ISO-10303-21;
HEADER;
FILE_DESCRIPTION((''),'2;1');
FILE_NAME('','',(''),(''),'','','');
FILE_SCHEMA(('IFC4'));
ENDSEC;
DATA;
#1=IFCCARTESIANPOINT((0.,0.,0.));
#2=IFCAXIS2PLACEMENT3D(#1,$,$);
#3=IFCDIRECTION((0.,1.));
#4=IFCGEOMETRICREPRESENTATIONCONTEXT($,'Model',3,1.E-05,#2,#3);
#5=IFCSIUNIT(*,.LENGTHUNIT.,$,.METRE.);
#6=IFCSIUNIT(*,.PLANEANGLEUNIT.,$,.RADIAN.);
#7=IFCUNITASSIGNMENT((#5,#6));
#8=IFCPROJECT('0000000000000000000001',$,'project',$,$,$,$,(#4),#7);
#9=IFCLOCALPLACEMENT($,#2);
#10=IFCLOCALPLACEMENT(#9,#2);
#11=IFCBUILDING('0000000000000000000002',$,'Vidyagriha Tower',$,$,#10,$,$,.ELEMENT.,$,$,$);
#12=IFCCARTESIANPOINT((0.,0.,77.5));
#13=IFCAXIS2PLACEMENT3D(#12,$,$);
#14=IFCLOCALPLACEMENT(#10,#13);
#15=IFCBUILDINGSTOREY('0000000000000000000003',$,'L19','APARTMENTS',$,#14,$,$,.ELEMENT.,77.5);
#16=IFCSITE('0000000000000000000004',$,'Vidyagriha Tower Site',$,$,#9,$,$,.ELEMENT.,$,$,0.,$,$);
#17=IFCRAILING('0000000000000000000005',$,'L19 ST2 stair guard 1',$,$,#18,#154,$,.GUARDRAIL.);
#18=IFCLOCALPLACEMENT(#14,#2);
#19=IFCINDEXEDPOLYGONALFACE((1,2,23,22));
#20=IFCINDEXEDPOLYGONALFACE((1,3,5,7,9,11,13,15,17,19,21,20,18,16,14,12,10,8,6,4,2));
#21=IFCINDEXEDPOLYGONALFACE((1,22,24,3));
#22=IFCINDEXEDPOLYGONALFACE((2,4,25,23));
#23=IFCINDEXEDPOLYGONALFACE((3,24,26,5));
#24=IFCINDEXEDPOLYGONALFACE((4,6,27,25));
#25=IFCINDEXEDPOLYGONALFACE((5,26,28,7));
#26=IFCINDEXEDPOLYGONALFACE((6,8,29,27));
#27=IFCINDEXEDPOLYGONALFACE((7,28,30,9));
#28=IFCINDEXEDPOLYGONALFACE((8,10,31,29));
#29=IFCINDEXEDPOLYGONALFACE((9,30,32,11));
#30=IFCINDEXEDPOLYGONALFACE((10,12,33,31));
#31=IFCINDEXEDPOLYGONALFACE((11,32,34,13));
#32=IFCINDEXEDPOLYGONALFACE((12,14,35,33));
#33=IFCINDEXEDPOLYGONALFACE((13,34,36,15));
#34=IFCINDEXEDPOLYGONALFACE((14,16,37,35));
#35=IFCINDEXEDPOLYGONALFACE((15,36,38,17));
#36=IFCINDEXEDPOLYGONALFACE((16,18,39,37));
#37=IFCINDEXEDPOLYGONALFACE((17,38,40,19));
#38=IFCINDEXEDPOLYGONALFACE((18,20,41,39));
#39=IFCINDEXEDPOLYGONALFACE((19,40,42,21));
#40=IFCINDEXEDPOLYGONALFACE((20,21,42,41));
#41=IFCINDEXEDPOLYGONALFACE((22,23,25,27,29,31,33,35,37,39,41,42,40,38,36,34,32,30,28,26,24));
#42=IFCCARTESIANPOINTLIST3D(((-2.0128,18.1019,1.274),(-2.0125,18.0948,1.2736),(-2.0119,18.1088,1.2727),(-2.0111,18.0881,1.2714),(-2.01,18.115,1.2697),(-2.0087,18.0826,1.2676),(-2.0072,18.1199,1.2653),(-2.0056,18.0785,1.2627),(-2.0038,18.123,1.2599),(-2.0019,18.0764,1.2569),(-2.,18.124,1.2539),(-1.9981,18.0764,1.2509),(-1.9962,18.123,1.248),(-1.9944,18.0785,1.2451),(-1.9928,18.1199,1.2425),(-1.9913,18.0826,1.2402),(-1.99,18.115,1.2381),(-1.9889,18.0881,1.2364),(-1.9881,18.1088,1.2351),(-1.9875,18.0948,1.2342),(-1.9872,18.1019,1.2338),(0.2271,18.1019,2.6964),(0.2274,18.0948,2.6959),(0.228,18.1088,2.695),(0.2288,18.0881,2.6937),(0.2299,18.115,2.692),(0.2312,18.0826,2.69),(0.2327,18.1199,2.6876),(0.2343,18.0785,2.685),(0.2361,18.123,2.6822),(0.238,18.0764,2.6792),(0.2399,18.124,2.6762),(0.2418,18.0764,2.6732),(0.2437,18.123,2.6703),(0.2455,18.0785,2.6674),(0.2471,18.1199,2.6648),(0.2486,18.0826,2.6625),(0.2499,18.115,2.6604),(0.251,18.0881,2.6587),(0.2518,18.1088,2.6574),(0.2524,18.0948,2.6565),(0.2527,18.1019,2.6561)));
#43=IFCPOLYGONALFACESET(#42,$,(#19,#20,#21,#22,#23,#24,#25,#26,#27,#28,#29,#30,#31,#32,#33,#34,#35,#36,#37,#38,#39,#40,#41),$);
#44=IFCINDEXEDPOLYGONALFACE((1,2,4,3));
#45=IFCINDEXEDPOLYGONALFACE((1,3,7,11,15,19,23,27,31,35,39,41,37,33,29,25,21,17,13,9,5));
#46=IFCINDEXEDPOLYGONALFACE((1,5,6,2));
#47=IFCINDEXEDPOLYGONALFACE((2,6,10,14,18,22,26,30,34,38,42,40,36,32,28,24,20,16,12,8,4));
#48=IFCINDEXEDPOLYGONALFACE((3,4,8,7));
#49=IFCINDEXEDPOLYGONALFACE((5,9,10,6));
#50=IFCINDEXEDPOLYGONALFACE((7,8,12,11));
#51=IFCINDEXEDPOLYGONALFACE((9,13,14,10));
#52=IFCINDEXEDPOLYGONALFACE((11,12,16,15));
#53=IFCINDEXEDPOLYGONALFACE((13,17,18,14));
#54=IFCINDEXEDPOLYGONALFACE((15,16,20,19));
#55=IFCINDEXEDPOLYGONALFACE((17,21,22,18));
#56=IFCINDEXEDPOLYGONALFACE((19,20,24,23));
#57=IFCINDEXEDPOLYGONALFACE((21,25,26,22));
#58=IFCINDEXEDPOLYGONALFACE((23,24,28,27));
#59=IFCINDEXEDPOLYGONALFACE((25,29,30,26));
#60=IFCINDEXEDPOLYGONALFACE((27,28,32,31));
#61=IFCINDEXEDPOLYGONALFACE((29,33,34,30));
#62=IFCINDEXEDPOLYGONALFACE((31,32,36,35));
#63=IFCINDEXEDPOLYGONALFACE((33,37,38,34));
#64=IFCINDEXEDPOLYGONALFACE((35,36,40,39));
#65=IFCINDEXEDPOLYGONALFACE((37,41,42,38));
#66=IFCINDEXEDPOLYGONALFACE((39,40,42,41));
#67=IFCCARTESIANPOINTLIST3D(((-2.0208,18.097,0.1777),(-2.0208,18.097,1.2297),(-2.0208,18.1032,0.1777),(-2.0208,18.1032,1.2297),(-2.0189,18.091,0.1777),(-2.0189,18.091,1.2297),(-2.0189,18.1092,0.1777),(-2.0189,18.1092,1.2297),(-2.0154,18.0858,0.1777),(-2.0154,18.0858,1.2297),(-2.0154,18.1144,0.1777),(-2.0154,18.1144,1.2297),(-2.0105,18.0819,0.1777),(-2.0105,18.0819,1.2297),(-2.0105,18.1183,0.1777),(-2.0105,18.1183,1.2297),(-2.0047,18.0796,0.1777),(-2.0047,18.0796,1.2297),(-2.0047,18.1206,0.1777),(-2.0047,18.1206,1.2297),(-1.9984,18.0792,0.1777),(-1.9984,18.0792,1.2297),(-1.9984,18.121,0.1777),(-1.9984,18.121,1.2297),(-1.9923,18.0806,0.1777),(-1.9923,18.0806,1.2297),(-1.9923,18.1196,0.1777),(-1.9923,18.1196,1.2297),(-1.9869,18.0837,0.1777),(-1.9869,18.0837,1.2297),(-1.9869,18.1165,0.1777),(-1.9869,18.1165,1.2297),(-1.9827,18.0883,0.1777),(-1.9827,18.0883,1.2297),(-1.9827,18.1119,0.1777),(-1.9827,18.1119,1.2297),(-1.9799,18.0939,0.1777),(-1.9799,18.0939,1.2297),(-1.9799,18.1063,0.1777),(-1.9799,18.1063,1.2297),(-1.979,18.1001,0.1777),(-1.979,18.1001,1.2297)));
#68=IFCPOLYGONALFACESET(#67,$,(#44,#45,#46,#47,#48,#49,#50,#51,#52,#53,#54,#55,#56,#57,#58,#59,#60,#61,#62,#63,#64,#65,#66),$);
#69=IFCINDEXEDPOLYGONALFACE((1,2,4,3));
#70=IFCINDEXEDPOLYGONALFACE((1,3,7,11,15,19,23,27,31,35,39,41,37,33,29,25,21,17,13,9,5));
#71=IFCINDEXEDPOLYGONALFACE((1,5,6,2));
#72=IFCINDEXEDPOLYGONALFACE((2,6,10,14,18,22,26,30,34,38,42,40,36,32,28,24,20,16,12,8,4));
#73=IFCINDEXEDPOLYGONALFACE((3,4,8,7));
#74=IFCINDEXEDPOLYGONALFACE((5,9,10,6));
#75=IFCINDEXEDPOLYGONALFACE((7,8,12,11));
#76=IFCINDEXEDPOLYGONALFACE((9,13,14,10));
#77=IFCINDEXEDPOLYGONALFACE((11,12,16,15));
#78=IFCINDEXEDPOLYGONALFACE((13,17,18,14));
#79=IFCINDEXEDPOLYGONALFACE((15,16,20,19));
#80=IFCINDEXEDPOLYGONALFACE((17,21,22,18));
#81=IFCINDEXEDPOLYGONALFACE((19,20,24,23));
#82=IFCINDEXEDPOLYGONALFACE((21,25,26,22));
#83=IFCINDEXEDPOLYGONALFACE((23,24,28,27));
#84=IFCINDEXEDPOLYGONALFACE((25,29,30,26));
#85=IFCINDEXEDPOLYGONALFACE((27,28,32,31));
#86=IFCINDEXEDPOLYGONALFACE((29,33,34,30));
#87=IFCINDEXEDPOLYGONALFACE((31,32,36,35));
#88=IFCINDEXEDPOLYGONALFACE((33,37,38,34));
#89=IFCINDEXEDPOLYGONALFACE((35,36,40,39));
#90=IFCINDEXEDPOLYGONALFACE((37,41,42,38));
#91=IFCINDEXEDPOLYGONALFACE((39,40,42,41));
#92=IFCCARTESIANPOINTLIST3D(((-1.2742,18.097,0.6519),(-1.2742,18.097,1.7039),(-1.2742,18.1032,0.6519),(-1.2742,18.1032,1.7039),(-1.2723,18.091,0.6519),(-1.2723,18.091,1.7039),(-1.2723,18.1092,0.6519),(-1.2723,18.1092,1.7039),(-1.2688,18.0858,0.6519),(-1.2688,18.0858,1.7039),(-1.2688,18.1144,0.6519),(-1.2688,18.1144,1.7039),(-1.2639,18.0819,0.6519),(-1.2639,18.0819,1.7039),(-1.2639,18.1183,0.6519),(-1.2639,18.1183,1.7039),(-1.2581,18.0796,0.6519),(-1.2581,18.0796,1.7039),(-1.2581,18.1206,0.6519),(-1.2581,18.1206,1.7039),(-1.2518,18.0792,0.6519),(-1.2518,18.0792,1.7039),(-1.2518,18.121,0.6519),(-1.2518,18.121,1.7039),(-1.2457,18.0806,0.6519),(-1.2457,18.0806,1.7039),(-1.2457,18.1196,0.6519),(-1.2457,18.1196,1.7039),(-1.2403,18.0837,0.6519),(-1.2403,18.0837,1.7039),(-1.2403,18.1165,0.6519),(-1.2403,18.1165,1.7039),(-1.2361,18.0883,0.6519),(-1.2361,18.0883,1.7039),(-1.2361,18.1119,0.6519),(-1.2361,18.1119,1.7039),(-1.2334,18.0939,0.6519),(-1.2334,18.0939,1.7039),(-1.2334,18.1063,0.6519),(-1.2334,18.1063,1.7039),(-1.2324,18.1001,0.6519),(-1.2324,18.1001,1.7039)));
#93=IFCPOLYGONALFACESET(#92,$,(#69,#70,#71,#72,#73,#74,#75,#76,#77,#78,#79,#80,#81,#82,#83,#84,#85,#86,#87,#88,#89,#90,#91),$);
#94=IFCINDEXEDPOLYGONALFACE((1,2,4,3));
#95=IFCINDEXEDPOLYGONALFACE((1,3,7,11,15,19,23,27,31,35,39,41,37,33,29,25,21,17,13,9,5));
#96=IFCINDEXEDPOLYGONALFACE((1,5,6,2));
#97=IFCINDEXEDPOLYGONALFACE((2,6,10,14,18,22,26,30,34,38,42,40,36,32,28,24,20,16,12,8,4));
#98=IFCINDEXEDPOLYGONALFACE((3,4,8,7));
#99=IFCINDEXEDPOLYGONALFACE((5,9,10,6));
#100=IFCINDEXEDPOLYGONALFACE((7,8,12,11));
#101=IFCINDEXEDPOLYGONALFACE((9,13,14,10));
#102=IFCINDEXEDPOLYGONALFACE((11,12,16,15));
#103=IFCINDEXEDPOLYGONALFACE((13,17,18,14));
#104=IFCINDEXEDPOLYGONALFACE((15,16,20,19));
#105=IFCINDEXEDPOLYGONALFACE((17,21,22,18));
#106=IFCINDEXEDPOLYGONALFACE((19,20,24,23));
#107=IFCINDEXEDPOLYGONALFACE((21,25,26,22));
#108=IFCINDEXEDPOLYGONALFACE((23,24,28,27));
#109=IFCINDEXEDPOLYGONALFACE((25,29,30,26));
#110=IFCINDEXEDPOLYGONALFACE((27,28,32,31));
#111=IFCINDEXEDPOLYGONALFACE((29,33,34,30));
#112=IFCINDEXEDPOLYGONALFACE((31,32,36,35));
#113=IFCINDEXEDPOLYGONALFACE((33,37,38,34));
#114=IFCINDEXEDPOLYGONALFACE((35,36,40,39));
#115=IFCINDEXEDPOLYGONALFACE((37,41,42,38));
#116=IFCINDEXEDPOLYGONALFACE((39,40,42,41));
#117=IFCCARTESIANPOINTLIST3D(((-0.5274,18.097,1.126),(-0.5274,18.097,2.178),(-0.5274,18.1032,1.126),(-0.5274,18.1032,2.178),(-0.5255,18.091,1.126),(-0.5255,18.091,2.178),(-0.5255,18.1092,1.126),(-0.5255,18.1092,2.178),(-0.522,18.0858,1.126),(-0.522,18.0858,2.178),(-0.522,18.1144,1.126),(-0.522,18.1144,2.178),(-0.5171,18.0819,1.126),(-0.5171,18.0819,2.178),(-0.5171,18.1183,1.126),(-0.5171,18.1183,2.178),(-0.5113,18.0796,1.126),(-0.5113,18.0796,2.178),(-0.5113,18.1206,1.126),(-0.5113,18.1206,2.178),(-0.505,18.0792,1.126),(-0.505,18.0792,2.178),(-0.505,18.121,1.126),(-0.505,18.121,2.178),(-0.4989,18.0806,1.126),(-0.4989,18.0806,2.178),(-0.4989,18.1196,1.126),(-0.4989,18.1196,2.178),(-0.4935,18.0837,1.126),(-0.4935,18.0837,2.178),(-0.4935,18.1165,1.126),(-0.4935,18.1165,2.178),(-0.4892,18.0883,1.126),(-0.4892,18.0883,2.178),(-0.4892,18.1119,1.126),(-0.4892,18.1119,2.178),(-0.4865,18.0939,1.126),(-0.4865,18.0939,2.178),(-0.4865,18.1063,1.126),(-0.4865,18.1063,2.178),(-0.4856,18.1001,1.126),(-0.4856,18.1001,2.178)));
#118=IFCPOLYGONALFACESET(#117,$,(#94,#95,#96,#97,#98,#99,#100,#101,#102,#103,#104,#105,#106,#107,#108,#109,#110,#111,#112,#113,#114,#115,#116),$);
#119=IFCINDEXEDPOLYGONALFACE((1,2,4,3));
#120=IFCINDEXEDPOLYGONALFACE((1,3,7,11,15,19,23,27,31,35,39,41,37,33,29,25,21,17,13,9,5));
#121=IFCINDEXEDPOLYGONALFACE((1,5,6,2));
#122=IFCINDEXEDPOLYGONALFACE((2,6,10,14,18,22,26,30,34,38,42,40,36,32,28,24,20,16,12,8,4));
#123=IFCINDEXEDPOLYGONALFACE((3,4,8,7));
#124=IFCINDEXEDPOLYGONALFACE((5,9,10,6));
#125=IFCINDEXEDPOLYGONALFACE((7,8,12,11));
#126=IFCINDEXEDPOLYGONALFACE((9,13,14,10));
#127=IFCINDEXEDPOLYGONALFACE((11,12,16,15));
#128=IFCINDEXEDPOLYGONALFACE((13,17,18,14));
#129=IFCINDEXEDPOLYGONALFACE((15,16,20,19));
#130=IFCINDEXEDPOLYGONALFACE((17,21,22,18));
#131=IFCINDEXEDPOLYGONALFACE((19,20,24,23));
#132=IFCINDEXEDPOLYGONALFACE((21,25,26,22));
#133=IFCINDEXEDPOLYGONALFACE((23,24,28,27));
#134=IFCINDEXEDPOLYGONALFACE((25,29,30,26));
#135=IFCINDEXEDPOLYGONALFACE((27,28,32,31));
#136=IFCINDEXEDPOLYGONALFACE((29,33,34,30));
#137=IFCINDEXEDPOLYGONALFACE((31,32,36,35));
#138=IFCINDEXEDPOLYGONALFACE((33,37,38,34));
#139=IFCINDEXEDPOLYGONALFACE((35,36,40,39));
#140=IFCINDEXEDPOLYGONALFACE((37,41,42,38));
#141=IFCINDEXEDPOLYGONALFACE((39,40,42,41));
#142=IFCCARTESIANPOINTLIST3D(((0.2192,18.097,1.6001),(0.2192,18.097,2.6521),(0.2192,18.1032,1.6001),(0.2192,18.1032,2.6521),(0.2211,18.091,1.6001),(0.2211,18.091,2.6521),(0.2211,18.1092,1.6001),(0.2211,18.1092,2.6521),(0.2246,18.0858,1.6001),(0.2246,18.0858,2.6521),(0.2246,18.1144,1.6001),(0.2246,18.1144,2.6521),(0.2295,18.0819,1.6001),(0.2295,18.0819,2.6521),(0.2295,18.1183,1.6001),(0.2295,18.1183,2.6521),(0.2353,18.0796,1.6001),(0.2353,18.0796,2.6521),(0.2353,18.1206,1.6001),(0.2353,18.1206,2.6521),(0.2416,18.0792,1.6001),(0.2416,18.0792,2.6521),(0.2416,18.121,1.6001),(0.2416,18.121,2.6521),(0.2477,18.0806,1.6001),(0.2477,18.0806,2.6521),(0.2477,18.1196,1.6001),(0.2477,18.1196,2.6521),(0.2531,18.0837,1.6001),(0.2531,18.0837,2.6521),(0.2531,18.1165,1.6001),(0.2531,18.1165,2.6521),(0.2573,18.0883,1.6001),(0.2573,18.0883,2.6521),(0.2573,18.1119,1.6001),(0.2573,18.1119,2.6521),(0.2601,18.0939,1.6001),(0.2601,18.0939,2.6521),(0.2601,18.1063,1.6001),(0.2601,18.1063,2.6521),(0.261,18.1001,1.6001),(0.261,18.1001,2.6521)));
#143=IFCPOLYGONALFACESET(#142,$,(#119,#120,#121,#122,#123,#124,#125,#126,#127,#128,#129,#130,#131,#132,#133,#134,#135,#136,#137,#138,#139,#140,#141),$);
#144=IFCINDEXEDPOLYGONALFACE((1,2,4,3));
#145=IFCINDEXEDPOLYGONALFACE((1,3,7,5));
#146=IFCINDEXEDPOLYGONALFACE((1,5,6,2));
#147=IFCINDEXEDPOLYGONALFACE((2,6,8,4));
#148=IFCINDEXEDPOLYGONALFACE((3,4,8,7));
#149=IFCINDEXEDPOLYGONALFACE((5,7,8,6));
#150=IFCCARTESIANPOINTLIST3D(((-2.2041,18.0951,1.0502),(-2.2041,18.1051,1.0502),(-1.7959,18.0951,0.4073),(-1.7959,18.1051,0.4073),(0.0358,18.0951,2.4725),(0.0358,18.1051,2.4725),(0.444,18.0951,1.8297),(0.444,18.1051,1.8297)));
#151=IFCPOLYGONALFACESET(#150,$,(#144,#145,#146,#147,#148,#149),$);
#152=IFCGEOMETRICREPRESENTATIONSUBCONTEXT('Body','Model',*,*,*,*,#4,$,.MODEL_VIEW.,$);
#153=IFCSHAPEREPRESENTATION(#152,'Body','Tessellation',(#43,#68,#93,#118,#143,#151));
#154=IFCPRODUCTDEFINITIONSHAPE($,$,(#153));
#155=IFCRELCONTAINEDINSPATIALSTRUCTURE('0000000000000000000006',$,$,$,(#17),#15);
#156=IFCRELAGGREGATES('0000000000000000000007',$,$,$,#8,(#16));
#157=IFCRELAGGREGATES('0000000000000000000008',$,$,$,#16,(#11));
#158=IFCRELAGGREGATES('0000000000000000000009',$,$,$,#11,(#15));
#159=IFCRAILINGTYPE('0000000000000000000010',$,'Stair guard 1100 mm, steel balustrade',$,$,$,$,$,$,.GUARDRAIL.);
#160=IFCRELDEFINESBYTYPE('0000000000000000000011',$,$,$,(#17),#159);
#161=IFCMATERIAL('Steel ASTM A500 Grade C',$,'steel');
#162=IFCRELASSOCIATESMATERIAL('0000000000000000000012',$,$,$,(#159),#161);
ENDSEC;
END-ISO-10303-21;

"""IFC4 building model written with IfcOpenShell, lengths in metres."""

from ifc_helpers import new_model, si_unit, direction, frame, origin, origin_2d, place, context, subcontext, project, spatial, rectangle, circle, extrude, material, type_object, element, save


model = new_model("IFC4")

# Units and contexts
model_context = context("Model", 3, precision=1e-05, world=origin(), true_north=direction((0.0, 1.0)))
body_context = subcontext(model_context, "Body", "Model", "MODEL_VIEW")
ifc_project = project(units=[si_unit("LENGTHUNIT", "METRE"), si_unit("PLANEANGLEUNIT", "RADIAN")], contexts=[model_context])

# Site, building, storey
site_placement = place(None, origin())
site = spatial("IfcSite", under=ifc_project, at=site_placement, Name="Vidyagriha Tower Site", CompositionType="ELEMENT", RefElevation=0.0)
building_placement = place(site_placement, origin())
building = spatial("IfcBuilding", under=site, at=building_placement, Name="Vidyagriha Tower", CompositionType="ELEMENT")
storey_placement = place(building_placement, frame((0.0, 0.0, 77.5)))
storey = spatial("IfcBuildingStorey", under=building, at=storey_placement, Name="L19", Description="APARTMENTS", CompositionType="ELEMENT", Elevation=77.5)

# Railing
ifc_material_1 = material(Name="Steel ASTM A500 Grade C", Category="steel")
railing_type_1 = type_object("IfcRailingType", Name="Stair guard 1100 mm, steel balustrade", PredefinedType="GUARDRAIL", material=ifc_material_1)
railing_1_placement = place(storey_placement, frame((-2.0, 18.1001, 0.1777)))
element("IfcRailing", 1, at=railing_1_placement, inside=storey, type_object=railing_type_1, Name="L19 ST2 stair guard 1", PredefinedType="GUARDRAIL", context=body_context, shape_type="SweptSolid", body=[
    extrude(circle(Radius=0.0239, at=origin_2d()), frame((0.0, 0.0, 1.0762), z_axis=(0.844188, 0.0, 0.536048), x_axis=(0.0, 1.0, 0.0)), (0.0, 0.0, 1.0), 2.6533),
    extrude(circle(Radius=0.021, at=origin_2d()), origin(), (0.0, 0.0, 1.0), 1.052),
    extrude(circle(Radius=0.021, at=origin_2d()), frame((0.7466, 0.0, 0.4741)), (0.0, 0.0, 1.0), 1.052),
    extrude(circle(Radius=0.021, at=origin_2d()), frame((1.4934, 0.0, 0.9482)), (0.0, 0.0, 1.0), 1.052),
    extrude(circle(Radius=0.021, at=origin_2d()), frame((2.24, 0.0, 1.4224)), (0.0, 0.0, 1.0), 1.052),
    extrude(rectangle(XDim=0.01, YDim=0.7615, at=origin_2d()), frame((0.0, 0.0, 0.551), z_axis=(0.844188, 0.0, 0.536048), x_axis=(0.0, 1.0, 0.0)), (0.0, 0.0, 1.0), 2.6533),
])

save(model, "model.ifc")
